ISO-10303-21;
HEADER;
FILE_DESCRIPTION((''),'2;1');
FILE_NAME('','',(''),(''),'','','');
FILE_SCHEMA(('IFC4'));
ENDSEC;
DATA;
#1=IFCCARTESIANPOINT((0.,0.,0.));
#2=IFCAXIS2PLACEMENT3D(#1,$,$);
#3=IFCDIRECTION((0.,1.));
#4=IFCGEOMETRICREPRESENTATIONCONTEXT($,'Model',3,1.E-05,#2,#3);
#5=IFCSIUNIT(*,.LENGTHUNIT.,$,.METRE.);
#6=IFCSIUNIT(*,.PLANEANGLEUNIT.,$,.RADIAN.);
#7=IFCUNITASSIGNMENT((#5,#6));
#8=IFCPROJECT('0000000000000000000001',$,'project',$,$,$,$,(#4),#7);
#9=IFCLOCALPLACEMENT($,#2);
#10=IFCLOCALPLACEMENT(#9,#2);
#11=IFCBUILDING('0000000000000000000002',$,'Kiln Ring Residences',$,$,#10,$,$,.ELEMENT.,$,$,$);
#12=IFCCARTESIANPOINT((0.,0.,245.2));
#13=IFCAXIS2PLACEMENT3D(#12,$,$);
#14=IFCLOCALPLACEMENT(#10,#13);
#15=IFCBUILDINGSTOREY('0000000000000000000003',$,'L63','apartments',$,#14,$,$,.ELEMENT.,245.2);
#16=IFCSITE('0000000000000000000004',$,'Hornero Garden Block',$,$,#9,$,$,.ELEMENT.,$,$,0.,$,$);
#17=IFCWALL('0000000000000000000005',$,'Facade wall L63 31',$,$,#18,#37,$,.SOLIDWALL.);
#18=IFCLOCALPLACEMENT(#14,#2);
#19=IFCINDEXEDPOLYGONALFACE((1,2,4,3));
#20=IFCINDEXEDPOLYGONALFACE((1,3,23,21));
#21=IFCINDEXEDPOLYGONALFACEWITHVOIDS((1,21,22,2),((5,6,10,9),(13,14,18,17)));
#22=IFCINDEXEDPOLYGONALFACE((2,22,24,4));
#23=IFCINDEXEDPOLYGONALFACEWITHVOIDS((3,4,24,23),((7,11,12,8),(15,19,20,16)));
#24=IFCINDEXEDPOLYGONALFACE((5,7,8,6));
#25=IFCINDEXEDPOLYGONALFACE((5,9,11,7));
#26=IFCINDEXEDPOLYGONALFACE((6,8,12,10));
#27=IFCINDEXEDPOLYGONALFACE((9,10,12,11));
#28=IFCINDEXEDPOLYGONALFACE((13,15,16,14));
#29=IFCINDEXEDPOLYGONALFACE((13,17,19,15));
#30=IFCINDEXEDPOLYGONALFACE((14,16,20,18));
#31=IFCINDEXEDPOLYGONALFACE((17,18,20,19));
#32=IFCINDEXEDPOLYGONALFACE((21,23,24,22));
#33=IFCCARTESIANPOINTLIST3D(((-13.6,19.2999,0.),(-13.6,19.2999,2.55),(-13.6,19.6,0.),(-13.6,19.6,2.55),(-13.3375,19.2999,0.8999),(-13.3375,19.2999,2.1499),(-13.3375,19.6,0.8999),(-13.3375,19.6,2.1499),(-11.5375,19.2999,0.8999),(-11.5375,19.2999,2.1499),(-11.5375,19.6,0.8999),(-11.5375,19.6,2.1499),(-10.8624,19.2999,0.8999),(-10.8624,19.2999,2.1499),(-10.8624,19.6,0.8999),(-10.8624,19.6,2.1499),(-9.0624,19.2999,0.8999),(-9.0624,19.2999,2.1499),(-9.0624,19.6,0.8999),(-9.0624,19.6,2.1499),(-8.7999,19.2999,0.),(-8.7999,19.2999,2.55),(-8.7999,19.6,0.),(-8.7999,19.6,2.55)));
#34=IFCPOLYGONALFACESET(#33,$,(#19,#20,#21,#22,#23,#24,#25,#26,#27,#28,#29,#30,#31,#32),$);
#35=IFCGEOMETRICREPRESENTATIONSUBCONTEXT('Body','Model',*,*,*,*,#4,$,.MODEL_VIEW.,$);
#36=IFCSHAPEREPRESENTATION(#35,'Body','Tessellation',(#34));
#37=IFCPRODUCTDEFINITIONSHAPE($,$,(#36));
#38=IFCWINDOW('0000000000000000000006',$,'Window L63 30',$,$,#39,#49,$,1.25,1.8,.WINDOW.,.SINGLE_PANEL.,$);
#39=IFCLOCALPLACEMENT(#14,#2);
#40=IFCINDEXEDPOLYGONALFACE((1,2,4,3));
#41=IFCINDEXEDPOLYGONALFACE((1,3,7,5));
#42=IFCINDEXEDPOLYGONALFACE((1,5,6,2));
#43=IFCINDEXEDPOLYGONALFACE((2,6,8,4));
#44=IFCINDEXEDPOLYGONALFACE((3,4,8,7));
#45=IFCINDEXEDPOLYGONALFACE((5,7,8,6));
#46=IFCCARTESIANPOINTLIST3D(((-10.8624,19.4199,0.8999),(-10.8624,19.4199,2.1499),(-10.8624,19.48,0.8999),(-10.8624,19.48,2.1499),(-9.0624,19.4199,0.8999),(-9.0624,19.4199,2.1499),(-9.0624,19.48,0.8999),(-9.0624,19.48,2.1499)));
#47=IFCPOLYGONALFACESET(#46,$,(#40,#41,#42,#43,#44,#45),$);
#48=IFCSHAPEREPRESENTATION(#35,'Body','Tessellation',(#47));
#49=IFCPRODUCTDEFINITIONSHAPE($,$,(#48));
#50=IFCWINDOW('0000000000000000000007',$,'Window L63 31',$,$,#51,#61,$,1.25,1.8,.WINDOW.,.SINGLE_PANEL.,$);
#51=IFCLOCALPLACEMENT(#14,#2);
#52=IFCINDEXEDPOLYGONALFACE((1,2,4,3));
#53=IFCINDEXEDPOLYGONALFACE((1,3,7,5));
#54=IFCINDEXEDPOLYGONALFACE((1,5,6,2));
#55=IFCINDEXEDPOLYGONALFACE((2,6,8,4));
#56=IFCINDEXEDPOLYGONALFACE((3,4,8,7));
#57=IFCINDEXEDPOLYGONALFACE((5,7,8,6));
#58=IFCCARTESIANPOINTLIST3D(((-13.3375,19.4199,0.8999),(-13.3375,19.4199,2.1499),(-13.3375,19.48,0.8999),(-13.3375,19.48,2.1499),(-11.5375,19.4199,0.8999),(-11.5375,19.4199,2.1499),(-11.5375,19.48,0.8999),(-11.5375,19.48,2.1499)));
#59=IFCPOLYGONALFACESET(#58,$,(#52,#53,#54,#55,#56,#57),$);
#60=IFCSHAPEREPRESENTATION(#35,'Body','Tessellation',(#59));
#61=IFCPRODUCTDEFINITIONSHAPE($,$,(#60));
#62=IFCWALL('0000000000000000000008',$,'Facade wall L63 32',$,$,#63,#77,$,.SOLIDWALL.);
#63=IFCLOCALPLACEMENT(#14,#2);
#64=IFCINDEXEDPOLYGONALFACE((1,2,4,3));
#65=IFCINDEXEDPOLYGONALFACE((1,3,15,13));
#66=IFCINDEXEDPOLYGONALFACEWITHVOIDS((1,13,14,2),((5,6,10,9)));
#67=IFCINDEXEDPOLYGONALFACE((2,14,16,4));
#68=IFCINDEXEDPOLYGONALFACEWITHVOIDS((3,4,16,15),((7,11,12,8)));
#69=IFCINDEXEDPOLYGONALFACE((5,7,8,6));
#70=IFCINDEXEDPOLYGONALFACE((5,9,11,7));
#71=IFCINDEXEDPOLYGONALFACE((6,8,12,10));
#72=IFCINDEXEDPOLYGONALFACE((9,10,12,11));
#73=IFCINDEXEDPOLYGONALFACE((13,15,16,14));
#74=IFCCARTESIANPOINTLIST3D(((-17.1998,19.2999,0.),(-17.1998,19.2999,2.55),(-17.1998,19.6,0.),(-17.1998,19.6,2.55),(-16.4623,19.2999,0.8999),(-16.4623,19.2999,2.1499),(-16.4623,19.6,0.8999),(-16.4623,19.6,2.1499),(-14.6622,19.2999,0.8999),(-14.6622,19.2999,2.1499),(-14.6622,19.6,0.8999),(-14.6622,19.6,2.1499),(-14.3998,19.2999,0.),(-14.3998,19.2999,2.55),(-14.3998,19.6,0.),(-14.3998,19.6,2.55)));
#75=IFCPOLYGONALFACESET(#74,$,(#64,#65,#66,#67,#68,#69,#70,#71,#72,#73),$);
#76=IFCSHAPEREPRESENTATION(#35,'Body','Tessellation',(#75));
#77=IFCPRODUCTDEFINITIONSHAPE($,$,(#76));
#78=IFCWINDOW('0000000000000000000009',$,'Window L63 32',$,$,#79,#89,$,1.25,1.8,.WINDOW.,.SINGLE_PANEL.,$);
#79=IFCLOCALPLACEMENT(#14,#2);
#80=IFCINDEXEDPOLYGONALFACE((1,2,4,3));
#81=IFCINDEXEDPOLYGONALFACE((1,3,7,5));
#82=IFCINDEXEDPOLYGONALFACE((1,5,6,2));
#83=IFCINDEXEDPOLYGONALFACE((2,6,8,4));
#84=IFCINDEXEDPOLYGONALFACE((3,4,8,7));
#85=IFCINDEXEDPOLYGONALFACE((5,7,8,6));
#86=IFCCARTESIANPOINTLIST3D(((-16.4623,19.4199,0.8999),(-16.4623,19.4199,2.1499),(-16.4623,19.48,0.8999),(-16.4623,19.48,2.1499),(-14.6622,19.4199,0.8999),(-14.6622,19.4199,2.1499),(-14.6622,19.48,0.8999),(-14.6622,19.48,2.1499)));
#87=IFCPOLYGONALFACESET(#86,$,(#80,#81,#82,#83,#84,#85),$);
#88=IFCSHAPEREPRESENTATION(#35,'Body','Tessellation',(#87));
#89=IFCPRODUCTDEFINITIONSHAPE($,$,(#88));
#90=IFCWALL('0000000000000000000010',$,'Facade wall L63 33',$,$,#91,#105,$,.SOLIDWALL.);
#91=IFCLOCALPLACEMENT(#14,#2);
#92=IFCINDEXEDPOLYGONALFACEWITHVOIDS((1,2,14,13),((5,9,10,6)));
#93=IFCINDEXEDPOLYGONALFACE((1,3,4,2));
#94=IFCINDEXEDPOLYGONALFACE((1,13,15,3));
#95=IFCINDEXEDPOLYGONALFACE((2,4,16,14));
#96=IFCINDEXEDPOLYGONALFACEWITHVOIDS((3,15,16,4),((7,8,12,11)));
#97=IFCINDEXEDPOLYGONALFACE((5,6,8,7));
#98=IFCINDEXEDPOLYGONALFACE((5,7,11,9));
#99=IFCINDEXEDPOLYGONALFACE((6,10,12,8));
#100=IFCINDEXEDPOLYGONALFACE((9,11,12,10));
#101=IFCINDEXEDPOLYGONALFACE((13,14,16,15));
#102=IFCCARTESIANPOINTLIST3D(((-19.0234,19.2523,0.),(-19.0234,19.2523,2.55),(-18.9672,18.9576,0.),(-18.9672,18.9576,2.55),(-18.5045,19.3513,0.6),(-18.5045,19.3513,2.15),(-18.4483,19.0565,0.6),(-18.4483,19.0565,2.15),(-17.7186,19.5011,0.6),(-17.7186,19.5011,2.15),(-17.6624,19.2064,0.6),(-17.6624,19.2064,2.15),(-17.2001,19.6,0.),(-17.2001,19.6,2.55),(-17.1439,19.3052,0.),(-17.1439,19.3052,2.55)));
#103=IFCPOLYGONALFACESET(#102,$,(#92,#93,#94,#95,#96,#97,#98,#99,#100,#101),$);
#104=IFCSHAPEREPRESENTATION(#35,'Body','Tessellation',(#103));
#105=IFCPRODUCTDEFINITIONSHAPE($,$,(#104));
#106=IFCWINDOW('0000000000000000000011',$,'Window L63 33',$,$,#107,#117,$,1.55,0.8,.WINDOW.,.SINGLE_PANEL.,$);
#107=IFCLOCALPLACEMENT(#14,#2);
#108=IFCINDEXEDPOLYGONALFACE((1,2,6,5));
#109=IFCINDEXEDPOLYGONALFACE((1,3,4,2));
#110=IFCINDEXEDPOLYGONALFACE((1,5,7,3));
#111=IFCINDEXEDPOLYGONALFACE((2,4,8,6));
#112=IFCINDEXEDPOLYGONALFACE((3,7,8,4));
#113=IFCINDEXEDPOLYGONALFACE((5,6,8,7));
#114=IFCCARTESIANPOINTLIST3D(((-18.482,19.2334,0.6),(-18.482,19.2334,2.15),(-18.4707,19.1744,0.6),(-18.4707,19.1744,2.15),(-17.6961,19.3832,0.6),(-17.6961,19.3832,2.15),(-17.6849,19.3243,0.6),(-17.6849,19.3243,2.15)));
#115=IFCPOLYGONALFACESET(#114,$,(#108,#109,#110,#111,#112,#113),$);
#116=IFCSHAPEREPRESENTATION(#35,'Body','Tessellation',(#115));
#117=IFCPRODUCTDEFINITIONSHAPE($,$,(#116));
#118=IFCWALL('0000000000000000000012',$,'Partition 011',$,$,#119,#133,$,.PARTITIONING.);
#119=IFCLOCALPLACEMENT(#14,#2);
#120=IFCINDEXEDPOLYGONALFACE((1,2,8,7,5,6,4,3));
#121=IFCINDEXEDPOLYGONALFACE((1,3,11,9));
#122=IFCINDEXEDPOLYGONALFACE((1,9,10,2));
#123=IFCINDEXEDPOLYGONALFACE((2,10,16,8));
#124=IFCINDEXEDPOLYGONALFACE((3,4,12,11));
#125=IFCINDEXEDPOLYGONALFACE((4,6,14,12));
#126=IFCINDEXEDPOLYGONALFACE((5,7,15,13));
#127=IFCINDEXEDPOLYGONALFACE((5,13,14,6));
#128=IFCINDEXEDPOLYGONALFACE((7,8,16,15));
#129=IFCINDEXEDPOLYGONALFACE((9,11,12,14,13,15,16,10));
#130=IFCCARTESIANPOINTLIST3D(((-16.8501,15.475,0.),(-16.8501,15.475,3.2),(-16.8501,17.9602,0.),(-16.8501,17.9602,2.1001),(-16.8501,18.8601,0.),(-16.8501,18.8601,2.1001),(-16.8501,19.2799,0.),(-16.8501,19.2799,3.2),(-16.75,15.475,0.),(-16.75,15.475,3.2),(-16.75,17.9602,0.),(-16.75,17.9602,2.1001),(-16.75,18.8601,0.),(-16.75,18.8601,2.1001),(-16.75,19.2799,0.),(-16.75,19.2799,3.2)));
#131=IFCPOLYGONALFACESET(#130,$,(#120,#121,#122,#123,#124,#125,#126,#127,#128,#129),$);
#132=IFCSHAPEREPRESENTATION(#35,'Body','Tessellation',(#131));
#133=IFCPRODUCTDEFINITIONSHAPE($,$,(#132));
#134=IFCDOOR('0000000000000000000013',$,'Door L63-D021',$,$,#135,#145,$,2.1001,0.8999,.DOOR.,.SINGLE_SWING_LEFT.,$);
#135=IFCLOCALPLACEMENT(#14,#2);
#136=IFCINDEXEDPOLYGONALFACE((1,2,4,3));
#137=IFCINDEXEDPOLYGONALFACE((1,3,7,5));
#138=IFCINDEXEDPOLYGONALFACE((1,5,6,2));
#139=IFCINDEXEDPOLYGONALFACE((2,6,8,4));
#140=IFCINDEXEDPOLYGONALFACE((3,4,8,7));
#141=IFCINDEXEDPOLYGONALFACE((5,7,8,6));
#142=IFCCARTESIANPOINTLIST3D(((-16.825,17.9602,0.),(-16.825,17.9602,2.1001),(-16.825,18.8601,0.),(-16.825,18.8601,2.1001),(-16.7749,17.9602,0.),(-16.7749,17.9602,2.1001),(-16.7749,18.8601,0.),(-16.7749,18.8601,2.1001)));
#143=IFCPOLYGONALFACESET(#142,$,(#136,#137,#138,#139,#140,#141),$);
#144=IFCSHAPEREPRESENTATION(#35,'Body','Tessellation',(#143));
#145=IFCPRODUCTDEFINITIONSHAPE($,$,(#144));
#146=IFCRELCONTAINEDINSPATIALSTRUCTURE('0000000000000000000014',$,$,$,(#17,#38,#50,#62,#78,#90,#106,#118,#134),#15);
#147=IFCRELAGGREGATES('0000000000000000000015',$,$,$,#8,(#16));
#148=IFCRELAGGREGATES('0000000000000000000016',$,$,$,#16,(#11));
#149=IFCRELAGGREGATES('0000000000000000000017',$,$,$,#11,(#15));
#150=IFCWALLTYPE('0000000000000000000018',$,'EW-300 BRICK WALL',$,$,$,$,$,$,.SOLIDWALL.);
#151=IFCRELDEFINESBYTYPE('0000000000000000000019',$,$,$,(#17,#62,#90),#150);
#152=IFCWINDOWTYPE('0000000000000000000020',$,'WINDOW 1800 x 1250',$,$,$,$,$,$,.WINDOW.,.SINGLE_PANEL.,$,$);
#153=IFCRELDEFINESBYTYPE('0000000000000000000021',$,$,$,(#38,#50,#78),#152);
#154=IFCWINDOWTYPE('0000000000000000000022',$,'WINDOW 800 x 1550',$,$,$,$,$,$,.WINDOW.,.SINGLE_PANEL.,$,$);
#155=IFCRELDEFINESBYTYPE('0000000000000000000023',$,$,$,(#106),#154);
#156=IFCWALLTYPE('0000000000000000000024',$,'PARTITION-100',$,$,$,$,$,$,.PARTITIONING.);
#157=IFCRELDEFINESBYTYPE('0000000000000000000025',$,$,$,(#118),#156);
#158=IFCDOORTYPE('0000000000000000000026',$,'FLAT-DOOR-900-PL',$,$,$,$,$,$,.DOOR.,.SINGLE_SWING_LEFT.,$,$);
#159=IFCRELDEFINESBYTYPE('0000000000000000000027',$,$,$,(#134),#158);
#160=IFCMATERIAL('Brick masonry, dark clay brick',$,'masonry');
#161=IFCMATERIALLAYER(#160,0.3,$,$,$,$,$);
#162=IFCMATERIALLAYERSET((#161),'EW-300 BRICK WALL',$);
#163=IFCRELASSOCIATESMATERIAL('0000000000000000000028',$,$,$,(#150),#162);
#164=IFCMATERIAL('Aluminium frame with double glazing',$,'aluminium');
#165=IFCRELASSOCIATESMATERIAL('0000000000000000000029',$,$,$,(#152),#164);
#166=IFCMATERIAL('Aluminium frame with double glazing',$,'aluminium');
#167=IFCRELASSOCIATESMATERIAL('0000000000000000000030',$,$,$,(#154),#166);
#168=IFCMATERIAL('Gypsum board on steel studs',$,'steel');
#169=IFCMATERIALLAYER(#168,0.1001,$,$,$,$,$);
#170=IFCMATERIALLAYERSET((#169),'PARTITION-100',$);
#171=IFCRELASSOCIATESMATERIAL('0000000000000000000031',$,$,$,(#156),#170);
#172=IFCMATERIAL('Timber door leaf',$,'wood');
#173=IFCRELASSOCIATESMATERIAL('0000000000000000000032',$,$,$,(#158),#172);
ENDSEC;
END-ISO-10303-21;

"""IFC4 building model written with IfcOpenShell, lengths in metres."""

from ifc_helpers import new_model, si_unit, direction, frame, frame_2d, origin, place, context, subcontext, project, spatial, rectangle, extrude, material, layer, layer_set, type_object, element, fill, save


model = new_model("IFC4")

# Units and contexts
model_context = context("Model", 3, precision=1e-05, world=origin(), true_north=direction((0.0, 1.0)))
body_context = subcontext(model_context, "Body", "Model", "MODEL_VIEW")
ifc_project = project(units=[si_unit("LENGTHUNIT", "METRE"), si_unit("PLANEANGLEUNIT", "RADIAN")], contexts=[model_context])

# Site, building, storey
site_placement = place(None, origin())
site = spatial("IfcSite", under=ifc_project, at=site_placement, Name="Hornero Garden Block", CompositionType="ELEMENT", RefElevation=0.0)
building_placement = place(site_placement, origin())
building = spatial("IfcBuilding", under=site, at=building_placement, Name="Kiln Ring Residences", CompositionType="ELEMENT")
storey_placement = place(building_placement, frame((0.0, 0.0, 245.2)))
storey = spatial("IfcBuildingStorey", under=building, at=storey_placement, Name="L63", Description="apartments", CompositionType="ELEMENT", Elevation=245.2)

# Wall, openings, windows
ifc_material_1 = material(Name="Brick masonry, dark clay brick", Category="masonry")
ifc_layer_1 = layer(ifc_material_1, 0.3)
ifc_layer_set_1 = layer_set([ifc_layer_1], Name="EW-300 BRICK WALL")
wall_type_1 = type_object("IfcWallType", Name="EW-300 BRICK WALL", PredefinedType="SOLIDWALL", material=ifc_layer_set_1)
wall_1_placement = place(storey_placement, frame((-8.8, 19.45, 0.0), z_axis=(0.0, 0.0, 1.0), x_axis=(-1.0, 0.0, 0.0)))
wall_1 = element("IfcWall", 1, at=wall_1_placement, inside=storey, type_object=wall_type_1, Name="Facade wall L63 31", PredefinedType="SOLIDWALL", context=body_context, shape_type="SweptSolid", body=[
    extrude(rectangle(XDim=4.8, YDim=0.3, at=frame_2d((2.3999, 0.0))), origin(), (0.0, 0.0, 1.0), 2.55),
])
opening_1_placement = place(wall_1_placement, frame((0.2625, 0.0, 0.8999)))
opening_1 = element("IfcOpeningElement", 2, at=opening_1_placement, cuts=wall_1, PredefinedType="OPENING", context=body_context, shape_type="SweptSolid", body=[
    extrude(rectangle(XDim=1.8, YDim=1.25, at=frame_2d((0.8999, 0.625))), frame((0.0, 0.1599, 0.0), z_axis=(0.0, -1.0, 0.0), x_axis=(1.0, 0.0, 0.0)), (0.0, 0.0, 1.0), 0.3201),
])
opening_2_placement = place(wall_1_placement, frame((2.7375, 0.0, 0.8999)))
opening_2 = element("IfcOpeningElement", 3, at=opening_2_placement, cuts=wall_1, PredefinedType="OPENING", context=body_context, shape_type="SweptSolid", body=[
    extrude(rectangle(XDim=1.8, YDim=1.25, at=frame_2d((0.8999, 0.625))), frame((0.0, 0.1599, 0.0), z_axis=(0.0, -1.0, 0.0), x_axis=(1.0, 0.0, 0.0)), (0.0, 0.0, 1.0), 0.3201),
])
ifc_material_2 = material(Name="Aluminium frame with double glazing", Category="aluminium")
window_type_1 = type_object("IfcWindowType", Name="WINDOW 1800 x 1250", PartitioningType="SINGLE_PANEL", PredefinedType="WINDOW", material=ifc_material_2)
window_1_placement = place(opening_1_placement, origin())
window_1 = element("IfcWindow", 4, at=window_1_placement, inside=storey, type_object=window_type_1, Name="Window L63 30", OverallHeight=1.25, OverallWidth=1.8, PartitioningType="SINGLE_PANEL", PredefinedType="WINDOW", context=body_context, shape_type="SweptSolid", body=[
    extrude(rectangle(XDim=1.8, YDim=1.25, at=frame_2d((0.8999, 0.625))), frame((0.0, 0.03, 0.0), z_axis=(0.0, -1.0, 0.0), x_axis=(1.0, 0.0, 0.0)), (0.0, 0.0, 1.0), 0.0601),
])
fill(opening_1, window_1)
window_2_placement = place(opening_2_placement, origin())
window_2 = element("IfcWindow", 5, at=window_2_placement, inside=storey, type_object=window_type_1, Name="Window L63 31", OverallHeight=1.25, OverallWidth=1.8, PartitioningType="SINGLE_PANEL", PredefinedType="WINDOW", context=body_context, shape_type="SweptSolid", body=[
    extrude(rectangle(XDim=1.8, YDim=1.25, at=frame_2d((0.8999, 0.625))), frame((0.0, 0.03, 0.0), z_axis=(0.0, -1.0, 0.0), x_axis=(1.0, 0.0, 0.0)), (0.0, 0.0, 1.0), 0.0601),
])
fill(opening_2, window_2)

# Walls, openings, windows
wall_2_placement = place(storey_placement, frame((-14.3999, 19.45, 0.0), z_axis=(0.0, 0.0, 1.0), x_axis=(-1.0, 0.0, 0.0)))
wall_2 = element("IfcWall", 6, at=wall_2_placement, inside=storey, type_object=wall_type_1, Name="Facade wall L63 32", PredefinedType="SOLIDWALL", context=body_context, shape_type="SweptSolid", body=[
    extrude(rectangle(XDim=2.8, YDim=0.3, at=frame_2d((1.3999, 0.0))), origin(), (0.0, 0.0, 1.0), 2.55),
])
opening_3_placement = place(wall_2_placement, frame((0.2625, 0.0, 0.8999)))
opening_3 = element("IfcOpeningElement", 7, at=opening_3_placement, cuts=wall_2, PredefinedType="OPENING", context=body_context, shape_type="SweptSolid", body=[
    extrude(rectangle(XDim=1.8, YDim=1.25, at=frame_2d((0.8999, 0.625))), frame((0.0, 0.1599, 0.0), z_axis=(0.0, -1.0, 0.0), x_axis=(1.0, 0.0, 0.0)), (0.0, 0.0, 1.0), 0.3201),
])
window_3_placement = place(opening_3_placement, origin())
window_3 = element("IfcWindow", 8, at=window_3_placement, inside=storey, type_object=window_type_1, Name="Window L63 32", OverallHeight=1.25, OverallWidth=1.8, PartitioningType="SINGLE_PANEL", PredefinedType="WINDOW", context=body_context, shape_type="SweptSolid", body=[
    extrude(rectangle(XDim=1.8, YDim=1.25, at=frame_2d((0.8999, 0.625))), frame((0.0, 0.03, 0.0), z_axis=(0.0, -1.0, 0.0), x_axis=(1.0, 0.0, 0.0)), (0.0, 0.0, 1.0), 0.0601),
])
fill(opening_3, window_3)
wall_3_placement = place(storey_placement, frame((-17.1719, 19.4526, 0.0), z_axis=(0.0, 0.0, 1.0), x_axis=(-0.982302, -0.187306, 0.0)))
wall_3 = element("IfcWall", 9, at=wall_3_placement, inside=storey, type_object=wall_type_1, Name="Facade wall L63 33", PredefinedType="SOLIDWALL", context=body_context, shape_type="SweptSolid", body=[
    extrude(rectangle(XDim=1.8562, YDim=0.3, at=frame_2d((0.9282, 0.0))), origin(), (0.0, 0.0, 1.0), 2.55),
])
opening_4_placement = place(wall_3_placement, frame((0.5281, 0.0, 0.6001)))
opening_4 = element("IfcOpeningElement", 10, at=opening_4_placement, cuts=wall_3, PredefinedType="OPENING", context=body_context, shape_type="SweptSolid", body=[
    extrude(rectangle(XDim=0.8, YDim=1.55, at=frame_2d((0.3999, 0.7749))), frame((0.0, 0.1599, 0.0), z_axis=(0.0, -1.0, 0.0), x_axis=(1.0, 0.0, 0.0)), (0.0, 0.0, 1.0), 0.3201),
])
ifc_material_3 = material(Name="Aluminium frame with double glazing", Category="aluminium")
window_type_2 = type_object("IfcWindowType", Name="WINDOW 800 x 1550", PartitioningType="SINGLE_PANEL", PredefinedType="WINDOW", material=ifc_material_3)
window_4_placement = place(opening_4_placement, origin())
window_4 = element("IfcWindow", 11, at=window_4_placement, inside=storey, type_object=window_type_2, Name="Window L63 33", OverallHeight=1.55, OverallWidth=0.8, PartitioningType="SINGLE_PANEL", PredefinedType="WINDOW", context=body_context, shape_type="SweptSolid", body=[
    extrude(rectangle(XDim=0.8, YDim=1.55, at=frame_2d((0.3999, 0.7749))), frame((0.0, 0.03, 0.0), z_axis=(0.0, -1.0, 0.0), x_axis=(1.0, 0.0, 0.0)), (0.0, 0.0, 1.0), 0.0601),
])
fill(opening_4, window_4)

# Wall, opening, door
ifc_material_4 = material(Name="Gypsum board on steel studs", Category="steel")
ifc_layer_2 = layer(ifc_material_4, 0.1001)
ifc_layer_set_2 = layer_set([ifc_layer_2], Name="PARTITION-100")
wall_type_2 = type_object("IfcWallType", Name="PARTITION-100", PredefinedType="PARTITIONING", material=ifc_layer_set_2)
wall_4_placement = place(storey_placement, frame((-16.8, 15.4751, 0.0), z_axis=(0.0, 0.0, 1.0), x_axis=(0.0, 1.0, 0.0)))
wall_4 = element("IfcWall", 12, at=wall_4_placement, inside=storey, type_object=wall_type_2, Name="Partition 011", PredefinedType="PARTITIONING", context=body_context, shape_type="SweptSolid", body=[
    extrude(rectangle(XDim=3.8049, YDim=0.1001, at=frame_2d((1.9023, 0.0))), origin(), (0.0, 0.0, 1.0), 3.2),
])
opening_5_placement = place(wall_4_placement, frame((2.4851, 0.0, 0.0)))
opening_5 = element("IfcOpeningElement", 13, at=opening_5_placement, cuts=wall_4, PredefinedType="OPENING", context=body_context, shape_type="SweptSolid", body=[
    extrude(rectangle(XDim=0.8999, YDim=2.1001, at=frame_2d((0.45, 1.05))), frame((0.0, 0.0601, 0.0), z_axis=(0.0, -1.0, 0.0), x_axis=(1.0, 0.0, 0.0)), (0.0, 0.0, 1.0), 0.1201),
])
ifc_material_5 = material(Name="Timber door leaf", Category="wood")
door_type_1 = type_object("IfcDoorType", Name="FLAT-DOOR-900-PL", OperationType="SINGLE_SWING_LEFT", PredefinedType="DOOR", material=ifc_material_5)
door_1_placement = place(opening_5_placement, origin())
door_1 = element("IfcDoor", 14, at=door_1_placement, inside=storey, type_object=door_type_1, Name="Door L63-D021", OperationType="SINGLE_SWING_LEFT", OverallHeight=2.1001, OverallWidth=0.8999, PredefinedType="DOOR", context=body_context, shape_type="SweptSolid", body=[
    extrude(rectangle(XDim=0.8999, YDim=2.1001, at=frame_2d((0.45, 1.05))), frame((0.0, 0.0249, 0.0), z_axis=(0.0, -1.0, 0.0), x_axis=(1.0, 0.0, 0.0)), (0.0, 0.0, 1.0), 0.05),
])
fill(opening_5, door_1)

save(model, "model.ifc")
